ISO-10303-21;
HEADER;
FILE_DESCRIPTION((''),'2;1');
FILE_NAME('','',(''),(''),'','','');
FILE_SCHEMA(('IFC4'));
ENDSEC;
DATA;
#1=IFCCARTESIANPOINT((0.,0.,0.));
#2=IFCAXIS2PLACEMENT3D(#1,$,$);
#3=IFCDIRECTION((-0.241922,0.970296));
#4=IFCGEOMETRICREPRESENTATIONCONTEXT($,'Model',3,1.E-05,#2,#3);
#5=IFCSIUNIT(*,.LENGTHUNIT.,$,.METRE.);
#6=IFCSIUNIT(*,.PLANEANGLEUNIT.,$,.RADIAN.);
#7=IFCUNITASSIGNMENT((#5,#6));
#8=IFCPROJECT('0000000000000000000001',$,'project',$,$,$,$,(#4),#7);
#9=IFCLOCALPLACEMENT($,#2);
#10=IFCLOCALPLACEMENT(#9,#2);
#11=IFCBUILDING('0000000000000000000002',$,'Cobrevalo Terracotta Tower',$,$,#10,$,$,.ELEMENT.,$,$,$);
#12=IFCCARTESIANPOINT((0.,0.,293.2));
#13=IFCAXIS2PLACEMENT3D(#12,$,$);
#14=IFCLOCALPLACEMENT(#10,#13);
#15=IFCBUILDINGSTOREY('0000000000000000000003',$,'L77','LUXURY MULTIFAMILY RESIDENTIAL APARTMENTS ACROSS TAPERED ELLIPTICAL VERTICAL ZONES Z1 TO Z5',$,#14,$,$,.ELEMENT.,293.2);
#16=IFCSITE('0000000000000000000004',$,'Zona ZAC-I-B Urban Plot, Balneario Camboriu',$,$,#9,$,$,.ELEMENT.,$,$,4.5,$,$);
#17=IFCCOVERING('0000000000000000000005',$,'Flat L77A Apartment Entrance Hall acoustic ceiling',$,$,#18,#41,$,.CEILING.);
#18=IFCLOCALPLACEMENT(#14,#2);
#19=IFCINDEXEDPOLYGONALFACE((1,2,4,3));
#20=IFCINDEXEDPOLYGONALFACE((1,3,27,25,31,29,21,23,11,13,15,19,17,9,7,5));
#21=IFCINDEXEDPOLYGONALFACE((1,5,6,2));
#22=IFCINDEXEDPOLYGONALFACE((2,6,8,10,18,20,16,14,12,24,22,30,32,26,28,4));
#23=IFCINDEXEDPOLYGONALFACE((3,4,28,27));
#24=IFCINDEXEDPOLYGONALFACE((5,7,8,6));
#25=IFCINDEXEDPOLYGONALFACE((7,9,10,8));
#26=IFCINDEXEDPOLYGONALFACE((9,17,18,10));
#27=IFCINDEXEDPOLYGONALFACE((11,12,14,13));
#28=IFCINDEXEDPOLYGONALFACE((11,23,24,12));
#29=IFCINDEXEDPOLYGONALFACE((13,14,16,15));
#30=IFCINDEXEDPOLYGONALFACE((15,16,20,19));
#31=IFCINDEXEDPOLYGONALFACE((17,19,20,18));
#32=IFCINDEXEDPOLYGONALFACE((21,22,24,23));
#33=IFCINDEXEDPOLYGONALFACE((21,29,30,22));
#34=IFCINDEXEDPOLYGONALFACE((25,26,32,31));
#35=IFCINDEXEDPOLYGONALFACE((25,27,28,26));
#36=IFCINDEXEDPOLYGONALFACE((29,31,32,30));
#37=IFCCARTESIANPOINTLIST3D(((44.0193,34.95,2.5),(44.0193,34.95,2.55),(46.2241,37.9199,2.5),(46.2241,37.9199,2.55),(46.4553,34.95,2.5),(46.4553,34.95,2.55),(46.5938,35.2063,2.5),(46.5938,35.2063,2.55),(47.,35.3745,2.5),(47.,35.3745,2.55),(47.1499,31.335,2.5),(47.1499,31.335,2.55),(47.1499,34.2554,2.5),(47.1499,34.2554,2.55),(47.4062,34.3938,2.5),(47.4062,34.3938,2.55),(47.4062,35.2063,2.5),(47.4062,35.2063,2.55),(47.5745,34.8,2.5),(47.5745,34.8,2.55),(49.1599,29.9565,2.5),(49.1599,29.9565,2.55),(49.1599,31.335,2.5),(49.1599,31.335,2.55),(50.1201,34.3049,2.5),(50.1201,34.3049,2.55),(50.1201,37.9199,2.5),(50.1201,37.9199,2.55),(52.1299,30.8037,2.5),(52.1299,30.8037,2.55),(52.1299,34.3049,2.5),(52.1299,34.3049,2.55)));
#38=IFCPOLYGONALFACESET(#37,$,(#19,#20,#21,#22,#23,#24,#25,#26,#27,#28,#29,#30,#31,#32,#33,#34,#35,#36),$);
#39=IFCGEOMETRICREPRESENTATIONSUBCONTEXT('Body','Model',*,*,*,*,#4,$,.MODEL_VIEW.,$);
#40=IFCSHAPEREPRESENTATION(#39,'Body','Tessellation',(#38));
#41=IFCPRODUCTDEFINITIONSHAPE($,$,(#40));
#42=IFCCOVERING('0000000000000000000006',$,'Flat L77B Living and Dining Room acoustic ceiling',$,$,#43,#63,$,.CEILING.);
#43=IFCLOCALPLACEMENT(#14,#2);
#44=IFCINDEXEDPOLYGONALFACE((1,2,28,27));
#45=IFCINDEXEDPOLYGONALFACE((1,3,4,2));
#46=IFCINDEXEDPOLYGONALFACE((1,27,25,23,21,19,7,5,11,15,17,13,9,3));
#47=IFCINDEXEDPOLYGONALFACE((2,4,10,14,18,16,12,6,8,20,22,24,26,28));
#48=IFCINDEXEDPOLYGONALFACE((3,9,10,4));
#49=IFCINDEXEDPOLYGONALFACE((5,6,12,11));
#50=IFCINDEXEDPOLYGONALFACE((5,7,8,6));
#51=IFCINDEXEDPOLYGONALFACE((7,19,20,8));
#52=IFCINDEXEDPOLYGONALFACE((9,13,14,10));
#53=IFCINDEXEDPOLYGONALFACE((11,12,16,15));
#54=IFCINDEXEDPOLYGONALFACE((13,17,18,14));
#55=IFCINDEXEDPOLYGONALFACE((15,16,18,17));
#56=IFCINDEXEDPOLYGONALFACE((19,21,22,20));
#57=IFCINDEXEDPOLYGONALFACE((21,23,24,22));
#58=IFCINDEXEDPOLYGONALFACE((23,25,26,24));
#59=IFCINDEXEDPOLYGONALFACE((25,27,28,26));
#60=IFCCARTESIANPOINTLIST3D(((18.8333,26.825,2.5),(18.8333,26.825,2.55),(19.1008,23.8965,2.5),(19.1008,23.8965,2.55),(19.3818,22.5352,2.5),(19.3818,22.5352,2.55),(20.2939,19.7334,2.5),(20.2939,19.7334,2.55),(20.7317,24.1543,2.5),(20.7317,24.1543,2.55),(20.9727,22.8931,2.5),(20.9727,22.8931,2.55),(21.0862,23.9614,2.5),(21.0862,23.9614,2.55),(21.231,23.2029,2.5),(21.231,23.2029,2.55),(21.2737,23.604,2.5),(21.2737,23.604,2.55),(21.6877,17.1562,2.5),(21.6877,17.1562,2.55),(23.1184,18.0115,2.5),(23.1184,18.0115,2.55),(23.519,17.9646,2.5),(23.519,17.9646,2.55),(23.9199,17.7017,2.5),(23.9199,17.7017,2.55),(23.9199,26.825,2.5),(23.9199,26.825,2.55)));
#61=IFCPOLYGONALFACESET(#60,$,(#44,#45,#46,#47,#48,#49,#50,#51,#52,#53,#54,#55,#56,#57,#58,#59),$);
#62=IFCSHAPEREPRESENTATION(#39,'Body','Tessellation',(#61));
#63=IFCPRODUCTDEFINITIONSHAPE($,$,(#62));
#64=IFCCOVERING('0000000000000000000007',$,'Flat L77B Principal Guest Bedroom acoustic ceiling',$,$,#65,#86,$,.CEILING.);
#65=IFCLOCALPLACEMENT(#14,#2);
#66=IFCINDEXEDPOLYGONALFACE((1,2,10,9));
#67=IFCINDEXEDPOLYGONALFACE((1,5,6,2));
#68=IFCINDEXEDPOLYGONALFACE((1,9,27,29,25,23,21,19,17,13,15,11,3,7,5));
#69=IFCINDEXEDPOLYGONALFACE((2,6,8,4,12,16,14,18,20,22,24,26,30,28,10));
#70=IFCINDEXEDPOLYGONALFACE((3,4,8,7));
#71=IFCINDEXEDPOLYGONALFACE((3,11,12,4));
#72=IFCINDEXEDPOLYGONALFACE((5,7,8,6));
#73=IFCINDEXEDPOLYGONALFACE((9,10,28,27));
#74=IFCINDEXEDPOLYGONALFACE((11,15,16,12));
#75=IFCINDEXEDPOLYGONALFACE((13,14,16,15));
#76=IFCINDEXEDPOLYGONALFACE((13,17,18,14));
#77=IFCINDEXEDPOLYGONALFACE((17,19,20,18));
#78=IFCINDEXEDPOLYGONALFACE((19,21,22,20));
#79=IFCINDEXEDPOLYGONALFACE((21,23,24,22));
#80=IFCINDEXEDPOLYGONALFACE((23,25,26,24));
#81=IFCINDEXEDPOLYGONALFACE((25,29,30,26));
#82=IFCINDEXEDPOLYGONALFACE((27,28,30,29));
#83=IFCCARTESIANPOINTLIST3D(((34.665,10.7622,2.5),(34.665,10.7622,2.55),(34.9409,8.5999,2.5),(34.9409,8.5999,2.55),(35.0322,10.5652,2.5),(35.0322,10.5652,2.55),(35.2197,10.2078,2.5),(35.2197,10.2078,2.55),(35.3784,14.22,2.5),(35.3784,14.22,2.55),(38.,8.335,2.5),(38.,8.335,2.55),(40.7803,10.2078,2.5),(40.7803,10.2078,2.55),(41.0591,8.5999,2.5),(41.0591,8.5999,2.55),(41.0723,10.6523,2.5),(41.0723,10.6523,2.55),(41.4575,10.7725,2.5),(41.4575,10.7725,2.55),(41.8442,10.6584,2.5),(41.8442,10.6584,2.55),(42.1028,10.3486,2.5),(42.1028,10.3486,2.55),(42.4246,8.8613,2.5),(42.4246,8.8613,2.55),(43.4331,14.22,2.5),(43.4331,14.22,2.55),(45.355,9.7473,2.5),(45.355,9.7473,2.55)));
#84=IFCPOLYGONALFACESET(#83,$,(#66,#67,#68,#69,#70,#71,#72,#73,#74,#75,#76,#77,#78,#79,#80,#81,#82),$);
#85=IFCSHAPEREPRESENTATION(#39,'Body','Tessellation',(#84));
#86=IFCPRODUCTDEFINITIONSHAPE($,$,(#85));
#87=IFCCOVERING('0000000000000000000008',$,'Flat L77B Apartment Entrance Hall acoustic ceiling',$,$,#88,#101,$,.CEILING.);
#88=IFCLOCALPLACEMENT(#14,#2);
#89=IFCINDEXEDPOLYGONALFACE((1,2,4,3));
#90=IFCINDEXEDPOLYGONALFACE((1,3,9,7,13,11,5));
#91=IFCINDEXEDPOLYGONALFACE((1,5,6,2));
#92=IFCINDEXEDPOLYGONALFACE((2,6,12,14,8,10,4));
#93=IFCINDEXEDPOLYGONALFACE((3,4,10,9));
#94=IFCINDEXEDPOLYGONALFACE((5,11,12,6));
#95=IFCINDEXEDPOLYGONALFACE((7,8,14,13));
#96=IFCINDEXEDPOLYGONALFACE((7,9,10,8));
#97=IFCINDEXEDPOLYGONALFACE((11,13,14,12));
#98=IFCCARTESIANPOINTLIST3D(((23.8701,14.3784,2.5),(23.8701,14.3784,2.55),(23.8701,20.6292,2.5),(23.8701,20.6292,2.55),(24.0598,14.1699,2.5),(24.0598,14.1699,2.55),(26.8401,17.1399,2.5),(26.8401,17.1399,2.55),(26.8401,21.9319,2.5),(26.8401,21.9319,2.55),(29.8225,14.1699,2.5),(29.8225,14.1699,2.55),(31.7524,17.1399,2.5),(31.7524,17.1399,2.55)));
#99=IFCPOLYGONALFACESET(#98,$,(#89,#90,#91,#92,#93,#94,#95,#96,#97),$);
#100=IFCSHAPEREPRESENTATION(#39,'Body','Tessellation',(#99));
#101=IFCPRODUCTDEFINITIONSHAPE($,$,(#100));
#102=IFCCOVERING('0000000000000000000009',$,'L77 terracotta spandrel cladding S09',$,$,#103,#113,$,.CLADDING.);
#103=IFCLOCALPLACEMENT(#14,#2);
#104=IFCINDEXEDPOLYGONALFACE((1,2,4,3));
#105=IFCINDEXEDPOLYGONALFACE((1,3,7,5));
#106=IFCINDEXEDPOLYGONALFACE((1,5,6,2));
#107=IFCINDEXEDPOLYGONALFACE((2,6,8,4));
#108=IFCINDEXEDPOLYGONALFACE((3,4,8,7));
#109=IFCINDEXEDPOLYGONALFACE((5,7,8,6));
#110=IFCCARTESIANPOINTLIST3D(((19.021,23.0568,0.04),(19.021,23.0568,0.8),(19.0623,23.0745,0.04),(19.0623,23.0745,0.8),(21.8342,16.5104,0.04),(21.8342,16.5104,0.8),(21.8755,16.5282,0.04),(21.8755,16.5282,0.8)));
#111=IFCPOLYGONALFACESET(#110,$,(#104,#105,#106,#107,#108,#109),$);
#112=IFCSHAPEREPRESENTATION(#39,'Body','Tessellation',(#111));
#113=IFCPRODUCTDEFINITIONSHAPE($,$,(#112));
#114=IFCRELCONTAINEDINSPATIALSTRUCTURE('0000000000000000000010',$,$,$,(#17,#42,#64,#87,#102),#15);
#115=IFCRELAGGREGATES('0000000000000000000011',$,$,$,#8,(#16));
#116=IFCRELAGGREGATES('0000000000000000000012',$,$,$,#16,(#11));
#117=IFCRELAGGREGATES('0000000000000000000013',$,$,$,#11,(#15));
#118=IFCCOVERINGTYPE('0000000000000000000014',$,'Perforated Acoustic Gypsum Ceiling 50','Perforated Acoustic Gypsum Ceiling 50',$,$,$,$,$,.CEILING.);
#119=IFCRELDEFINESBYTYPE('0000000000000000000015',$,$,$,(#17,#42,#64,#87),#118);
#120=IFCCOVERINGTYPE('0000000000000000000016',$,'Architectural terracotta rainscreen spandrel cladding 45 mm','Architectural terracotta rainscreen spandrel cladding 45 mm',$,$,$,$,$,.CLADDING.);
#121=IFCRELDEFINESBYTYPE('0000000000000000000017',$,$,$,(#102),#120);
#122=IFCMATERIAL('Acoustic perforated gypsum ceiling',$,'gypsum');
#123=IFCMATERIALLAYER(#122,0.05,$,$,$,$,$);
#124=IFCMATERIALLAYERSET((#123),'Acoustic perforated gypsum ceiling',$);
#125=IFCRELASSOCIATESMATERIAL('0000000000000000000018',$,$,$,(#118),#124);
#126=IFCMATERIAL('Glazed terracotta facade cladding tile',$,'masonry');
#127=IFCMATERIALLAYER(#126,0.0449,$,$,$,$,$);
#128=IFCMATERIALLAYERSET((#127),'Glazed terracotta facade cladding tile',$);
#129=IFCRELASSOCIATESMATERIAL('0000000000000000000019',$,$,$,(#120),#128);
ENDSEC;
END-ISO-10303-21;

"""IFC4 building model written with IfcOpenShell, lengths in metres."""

from ifc_helpers import new_model, si_unit, direction, frame, origin, origin_2d, place, context, subcontext, project, spatial, polyline, rectangle, outline, extrude, source, transform, mapped, material, layer, layer_set, type_object, element, save


model = new_model("IFC4")

# Units and contexts
model_context = context("Model", 3, precision=1e-05, world=origin(), true_north=direction((-0.241922, 0.970296)))
body_context = subcontext(model_context, "Body", "Model", "MODEL_VIEW")
ifc_project = project(units=[si_unit("LENGTHUNIT", "METRE"), si_unit("PLANEANGLEUNIT", "RADIAN")], contexts=[model_context])

# Site, building, storey
site_placement = place(None, origin())
site = spatial("IfcSite", under=ifc_project, at=site_placement, Name="Zona ZAC-I-B Urban Plot, Balneario Camboriu", CompositionType="ELEMENT", RefElevation=4.5)
building_placement = place(site_placement, origin())
building = spatial("IfcBuilding", under=site, at=building_placement, Name="Cobrevalo Terracotta Tower", CompositionType="ELEMENT")
storey_placement = place(building_placement, frame((0.0, 0.0, 293.2)))
storey = spatial("IfcBuildingStorey", under=building, at=storey_placement, Name="L77", Description="LUXURY MULTIFAMILY RESIDENTIAL APARTMENTS ACROSS TAPERED ELLIPTICAL VERTICAL ZONES Z1 TO Z5", CompositionType="ELEMENT", Elevation=293.2)

# Coverings
ifc_material_1 = material(Name="Acoustic perforated gypsum ceiling", Category="gypsum")
ifc_layer_1 = layer(ifc_material_1, 0.05)
ifc_layer_set_1 = layer_set([ifc_layer_1], Name="Acoustic perforated gypsum ceiling")
covering_type_1 = type_object("IfcCoveringType", Name="Perforated Acoustic Gypsum Ceiling 50", Description="Perforated Acoustic Gypsum Ceiling 50", PredefinedType="CEILING", material=ifc_layer_set_1)
covering_1_placement = place(storey_placement, frame((0.0, 0.0, 2.5)))
element("IfcCovering", 1, at=covering_1_placement, inside=storey, type_object=covering_type_1, Name="Flat L77A Apartment Entrance Hall acoustic ceiling", PredefinedType="CEILING", context=body_context, shape_type="SweptSolid", body=[
    extrude(outline(polyline([(47.1499, 31.335), (47.1499, 34.2554), (47.4062, 34.3938), (47.5745, 34.8), (47.4062, 35.2063), (47.0, 35.3745), (46.5938, 35.2063), (46.4553, 34.95), (44.0193, 34.95), (46.2241, 37.9199), (50.1201, 37.9199), (50.1201, 34.3049), (52.1299, 34.3049), (52.1299, 30.8037), (49.1599, 29.9565), (49.1599, 31.335), (47.1499, 31.335)])), origin(), (0.0, 0.0, 1.0), 0.05),
])
covering_2_placement = place(storey_placement, frame((0.0, 0.0, 2.5)))
element("IfcCovering", 2, at=covering_2_placement, inside=storey, type_object=covering_type_1, Name="Flat L77B Living and Dining Room acoustic ceiling", PredefinedType="CEILING", context=body_context, shape_type="SweptSolid", body=[
    extrude(outline(polyline([(20.2939, 19.7334), (19.3818, 22.5352), (20.9727, 22.8931), (21.231, 23.2029), (21.2737, 23.604), (21.0862, 23.9614), (20.7317, 24.1543), (19.1008, 23.8965), (18.8333, 26.825), (23.9199, 26.825), (23.9199, 17.7017), (23.519, 17.9646), (23.1184, 18.0115), (21.6877, 17.1562), (20.2939, 19.7334)])), origin(), (0.0, 0.0, 1.0), 0.05),
])
covering_3_placement = place(storey_placement, frame((0.0, 0.0, 2.5)))
element("IfcCovering", 3, at=covering_3_placement, inside=storey, type_object=covering_type_1, Name="Flat L77B Principal Guest Bedroom acoustic ceiling", PredefinedType="CEILING", context=body_context, shape_type="SweptSolid", body=[
    extrude(outline(polyline([(42.4246, 8.8613), (42.1028, 10.3486), (41.8442, 10.6584), (41.4575, 10.7725), (41.0723, 10.6523), (40.7803, 10.2078), (41.0591, 8.5999), (38.0, 8.335), (34.9409, 8.5999), (35.2197, 10.2078), (35.0322, 10.5652), (34.665, 10.7622), (35.3784, 14.22), (43.4331, 14.22), (45.355, 9.7473), (42.4246, 8.8613)])), origin(), (0.0, 0.0, 1.0), 0.05),
])
covering_4_placement = place(storey_placement, frame((0.0, 0.0, 2.5)))
element("IfcCovering", 4, at=covering_4_placement, inside=storey, type_object=covering_type_1, Name="Flat L77B Apartment Entrance Hall acoustic ceiling", PredefinedType="CEILING", context=body_context, shape_type="SweptSolid", body=[
    extrude(outline(polyline([(23.8701, 14.3784), (23.8701, 20.6292), (26.8401, 21.9319), (26.8401, 17.1399), (31.7524, 17.1399), (29.8225, 14.1699), (24.0598, 14.1699), (23.8701, 14.3784)])), origin(), (0.0, 0.0, 1.0), 0.05),
])
ifc_material_2 = material(Name="Glazed terracotta facade cladding tile", Category="masonry")
ifc_layer_2 = layer(ifc_material_2, 0.0449)
ifc_layer_set_2 = layer_set([ifc_layer_2], Name="Glazed terracotta facade cladding tile")
covering_type_2 = type_object("IfcCoveringType", Name="Architectural terracotta rainscreen spandrel cladding 45 mm", Description="Architectural terracotta rainscreen spandrel cladding 45 mm", PredefinedType="CLADDING", material=ifc_layer_set_2)
shared_shape_1 = source(origin(), body_context, "Body", "SweptSolid", [
    extrude(rectangle(XDim=7.1252, YDim=0.0449, at=origin_2d()), origin(), (0.0, 0.0, 1.0), 0.76),
])
covering_5_placement = place(storey_placement, frame((20.4482, 19.7925, 0.04), z_axis=(0.0, 0.0, 1.0), x_axis=(0.394829, -0.918755, 0.0)))
element("IfcCovering", 5, at=covering_5_placement, inside=storey, type_object=covering_type_2, Name="L77 terracotta spandrel cladding S09", PredefinedType="CLADDING", context=body_context, shape_type="MappedRepresentation", body=[
    mapped(shared_shape_1, transform((0.0, 0.0, 0.0), scale=1.0)),
])

save(model, "model.ifc")
